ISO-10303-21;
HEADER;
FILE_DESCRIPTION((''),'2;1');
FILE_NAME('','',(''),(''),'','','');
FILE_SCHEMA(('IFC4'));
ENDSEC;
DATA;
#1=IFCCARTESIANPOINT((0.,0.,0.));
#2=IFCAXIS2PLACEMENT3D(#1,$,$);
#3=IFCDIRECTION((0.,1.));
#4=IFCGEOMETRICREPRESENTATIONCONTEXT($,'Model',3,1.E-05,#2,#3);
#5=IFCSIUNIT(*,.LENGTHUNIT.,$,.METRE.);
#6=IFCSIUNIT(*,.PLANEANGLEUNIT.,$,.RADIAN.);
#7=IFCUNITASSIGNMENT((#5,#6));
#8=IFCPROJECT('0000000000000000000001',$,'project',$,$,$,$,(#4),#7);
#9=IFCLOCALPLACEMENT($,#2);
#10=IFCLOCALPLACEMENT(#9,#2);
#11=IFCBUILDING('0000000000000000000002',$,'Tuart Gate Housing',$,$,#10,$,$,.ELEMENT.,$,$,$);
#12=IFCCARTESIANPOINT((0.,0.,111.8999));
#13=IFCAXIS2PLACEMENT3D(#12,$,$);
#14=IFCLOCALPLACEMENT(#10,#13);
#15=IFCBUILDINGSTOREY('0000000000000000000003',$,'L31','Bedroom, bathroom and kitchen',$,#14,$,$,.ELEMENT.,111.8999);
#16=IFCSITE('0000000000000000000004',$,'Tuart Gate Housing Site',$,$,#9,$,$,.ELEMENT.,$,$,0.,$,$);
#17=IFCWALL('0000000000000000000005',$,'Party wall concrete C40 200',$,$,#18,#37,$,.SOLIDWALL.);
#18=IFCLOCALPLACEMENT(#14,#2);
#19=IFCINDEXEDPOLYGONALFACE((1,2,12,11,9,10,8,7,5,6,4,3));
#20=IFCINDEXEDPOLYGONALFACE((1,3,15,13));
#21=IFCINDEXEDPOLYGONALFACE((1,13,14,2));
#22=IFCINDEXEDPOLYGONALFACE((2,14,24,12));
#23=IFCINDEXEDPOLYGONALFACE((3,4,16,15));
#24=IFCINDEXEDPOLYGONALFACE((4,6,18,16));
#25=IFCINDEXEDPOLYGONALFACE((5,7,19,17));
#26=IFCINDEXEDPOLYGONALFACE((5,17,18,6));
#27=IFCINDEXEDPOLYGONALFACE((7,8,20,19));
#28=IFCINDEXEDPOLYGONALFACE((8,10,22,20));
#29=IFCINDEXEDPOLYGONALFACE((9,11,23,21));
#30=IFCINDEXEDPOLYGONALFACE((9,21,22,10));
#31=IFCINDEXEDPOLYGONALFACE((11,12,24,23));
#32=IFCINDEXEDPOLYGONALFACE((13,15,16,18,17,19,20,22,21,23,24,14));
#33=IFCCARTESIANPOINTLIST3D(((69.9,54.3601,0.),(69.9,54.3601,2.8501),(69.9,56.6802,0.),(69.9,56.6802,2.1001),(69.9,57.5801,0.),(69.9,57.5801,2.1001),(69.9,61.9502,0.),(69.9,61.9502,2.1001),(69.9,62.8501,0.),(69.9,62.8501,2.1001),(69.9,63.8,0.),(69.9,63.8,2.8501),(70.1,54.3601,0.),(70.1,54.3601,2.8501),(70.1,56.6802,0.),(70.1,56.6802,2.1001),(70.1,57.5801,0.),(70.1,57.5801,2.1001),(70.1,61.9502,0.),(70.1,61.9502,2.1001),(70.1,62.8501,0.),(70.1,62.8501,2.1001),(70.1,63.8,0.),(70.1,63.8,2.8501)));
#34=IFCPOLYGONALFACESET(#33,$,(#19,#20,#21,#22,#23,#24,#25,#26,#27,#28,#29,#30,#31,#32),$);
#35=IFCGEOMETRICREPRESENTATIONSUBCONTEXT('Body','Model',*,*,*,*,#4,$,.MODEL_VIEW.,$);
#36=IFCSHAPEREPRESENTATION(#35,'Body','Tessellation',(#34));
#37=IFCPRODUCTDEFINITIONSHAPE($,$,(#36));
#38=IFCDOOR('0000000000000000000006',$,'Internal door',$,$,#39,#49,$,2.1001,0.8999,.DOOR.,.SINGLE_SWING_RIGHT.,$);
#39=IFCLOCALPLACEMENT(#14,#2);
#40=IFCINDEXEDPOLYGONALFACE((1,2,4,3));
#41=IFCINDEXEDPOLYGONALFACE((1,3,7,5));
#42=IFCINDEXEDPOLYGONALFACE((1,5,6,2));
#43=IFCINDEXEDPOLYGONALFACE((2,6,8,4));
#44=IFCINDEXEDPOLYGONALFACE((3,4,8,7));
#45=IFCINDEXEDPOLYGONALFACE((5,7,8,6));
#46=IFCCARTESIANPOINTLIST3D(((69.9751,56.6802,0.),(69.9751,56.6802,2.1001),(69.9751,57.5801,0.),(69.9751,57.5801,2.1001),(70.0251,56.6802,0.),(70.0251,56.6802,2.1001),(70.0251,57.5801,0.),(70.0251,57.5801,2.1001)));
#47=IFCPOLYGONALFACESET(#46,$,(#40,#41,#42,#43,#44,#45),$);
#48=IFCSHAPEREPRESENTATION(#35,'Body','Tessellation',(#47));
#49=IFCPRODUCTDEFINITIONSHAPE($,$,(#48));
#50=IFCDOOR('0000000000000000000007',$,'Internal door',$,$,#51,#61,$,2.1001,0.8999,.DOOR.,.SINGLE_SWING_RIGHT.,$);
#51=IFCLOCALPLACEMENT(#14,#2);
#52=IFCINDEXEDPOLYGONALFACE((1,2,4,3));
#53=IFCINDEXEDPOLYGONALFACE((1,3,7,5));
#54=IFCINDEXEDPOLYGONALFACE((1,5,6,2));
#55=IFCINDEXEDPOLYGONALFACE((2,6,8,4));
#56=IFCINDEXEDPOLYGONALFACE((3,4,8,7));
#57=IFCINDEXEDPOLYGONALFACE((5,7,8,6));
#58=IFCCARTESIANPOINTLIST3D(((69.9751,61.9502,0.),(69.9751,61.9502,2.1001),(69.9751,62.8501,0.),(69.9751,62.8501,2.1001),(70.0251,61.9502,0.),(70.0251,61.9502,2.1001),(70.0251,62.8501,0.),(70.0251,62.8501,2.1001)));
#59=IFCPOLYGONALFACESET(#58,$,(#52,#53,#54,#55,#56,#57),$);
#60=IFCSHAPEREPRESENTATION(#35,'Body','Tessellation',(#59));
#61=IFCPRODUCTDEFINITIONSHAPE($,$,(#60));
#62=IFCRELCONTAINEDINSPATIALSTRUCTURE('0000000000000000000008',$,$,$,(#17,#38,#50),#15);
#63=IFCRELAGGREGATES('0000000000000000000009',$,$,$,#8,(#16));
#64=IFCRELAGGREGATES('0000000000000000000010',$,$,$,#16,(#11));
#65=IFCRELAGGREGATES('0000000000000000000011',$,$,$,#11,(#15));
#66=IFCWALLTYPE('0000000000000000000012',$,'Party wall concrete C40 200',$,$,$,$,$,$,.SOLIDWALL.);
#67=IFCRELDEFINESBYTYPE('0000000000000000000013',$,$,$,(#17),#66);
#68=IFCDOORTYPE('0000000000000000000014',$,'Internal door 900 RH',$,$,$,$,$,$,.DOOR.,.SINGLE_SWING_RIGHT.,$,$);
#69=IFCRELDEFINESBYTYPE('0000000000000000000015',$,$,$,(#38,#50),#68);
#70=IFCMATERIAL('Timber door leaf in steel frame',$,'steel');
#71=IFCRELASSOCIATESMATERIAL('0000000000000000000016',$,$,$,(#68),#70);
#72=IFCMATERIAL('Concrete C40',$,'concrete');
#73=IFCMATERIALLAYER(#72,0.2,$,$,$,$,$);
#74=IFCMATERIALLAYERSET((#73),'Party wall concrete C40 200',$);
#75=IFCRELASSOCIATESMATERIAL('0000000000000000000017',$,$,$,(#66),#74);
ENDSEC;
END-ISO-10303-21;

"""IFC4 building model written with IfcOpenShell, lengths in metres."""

from ifc_helpers import new_model, si_unit, direction, frame, frame_2d, origin, place, context, subcontext, project, spatial, rectangle, extrude, material, layer, layer_set, type_object, element, fill, save


model = new_model("IFC4")

# Units and contexts
model_context = context("Model", 3, precision=1e-05, world=origin(), true_north=direction((0.0, 1.0)))
body_context = subcontext(model_context, "Body", "Model", "MODEL_VIEW")
ifc_project = project(units=[si_unit("LENGTHUNIT", "METRE"), si_unit("PLANEANGLEUNIT", "RADIAN")], contexts=[model_context])

# Site, building, storey
site_placement = place(None, origin())
site = spatial("IfcSite", under=ifc_project, at=site_placement, Name="Tuart Gate Housing Site", CompositionType="ELEMENT", RefElevation=0.0)
building_placement = place(site_placement, origin())
building = spatial("IfcBuilding", under=site, at=building_placement, Name="Tuart Gate Housing", CompositionType="ELEMENT")
storey_placement = place(building_placement, frame((0.0, 0.0, 111.8999)))
storey = spatial("IfcBuildingStorey", under=building, at=storey_placement, Name="L31", Description="Bedroom, bathroom and kitchen", CompositionType="ELEMENT", Elevation=111.8999)

# Shared definitions
ifc_material_1 = material(Name="Timber door leaf in steel frame", Category="steel")
door_type_1 = type_object("IfcDoorType", Name="Internal door 900 RH", OperationType="SINGLE_SWING_RIGHT", PredefinedType="DOOR", material=ifc_material_1)

# Shared definitions
ifc_material_2 = material(Name="Concrete C40", Category="concrete")
ifc_layer_1 = layer(ifc_material_2, 0.2)
ifc_layer_set_1 = layer_set([ifc_layer_1], Name="Party wall concrete C40 200")
wall_type_1 = type_object("IfcWallType", Name="Party wall concrete C40 200", PredefinedType="SOLIDWALL", material=ifc_layer_set_1)

# Wall, openings, doors
wall_1_placement = place(storey_placement, frame((70.0, 54.3601, 0.0), z_axis=(0.0, 0.0, 1.0), x_axis=(0.0, 1.0, 0.0)))
wall_1 = element("IfcWall", 1, at=wall_1_placement, inside=storey, type_object=wall_type_1, Name="Party wall concrete C40 200", PredefinedType="SOLIDWALL", context=body_context, shape_type="SweptSolid", body=[
    extrude(rectangle(XDim=9.4399, YDim=0.2, at=frame_2d((4.72, 0.0))), origin(), (0.0, 0.0, 1.0), 2.8501),
])
opening_1_placement = place(wall_1_placement, frame((2.3201, 0.0, 0.0)))
opening_1 = element("IfcOpeningElement", 2, at=opening_1_placement, cuts=wall_1, PredefinedType="OPENING", context=body_context, shape_type="SweptSolid", body=[
    extrude(rectangle(XDim=0.8999, YDim=2.1001, at=frame_2d((0.45, 1.05))), frame((0.0, 0.1099, 0.0), z_axis=(0.0, -1.0, 0.0), x_axis=(1.0, 0.0, 0.0)), (0.0, 0.0, 1.0), 0.22),
])
opening_2_placement = place(wall_1_placement, frame((7.5901, 0.0, 0.0)))
opening_2 = element("IfcOpeningElement", 3, at=opening_2_placement, cuts=wall_1, PredefinedType="OPENING", context=body_context, shape_type="SweptSolid", body=[
    extrude(rectangle(XDim=0.8999, YDim=2.1001, at=frame_2d((0.45, 1.05))), frame((0.0, 0.1099, 0.0), z_axis=(0.0, -1.0, 0.0), x_axis=(1.0, 0.0, 0.0)), (0.0, 0.0, 1.0), 0.22),
])
door_1_placement = place(opening_1_placement, frame((0.8999, 0.0, 0.0), z_axis=(0.0, 0.0, 1.0), x_axis=(-1.0, 0.0, 0.0)))
door_1 = element("IfcDoor", 4, at=door_1_placement, inside=storey, type_object=door_type_1, Name="Internal door", OperationType="SINGLE_SWING_RIGHT", OverallHeight=2.1001, OverallWidth=0.8999, PredefinedType="DOOR", context=body_context, shape_type="SweptSolid", body=[
    extrude(rectangle(XDim=0.8999, YDim=2.1001, at=frame_2d((0.45, 1.05))), frame((0.0, 0.0251, 0.0), z_axis=(0.0, -1.0, 0.0), x_axis=(1.0, 0.0, 0.0)), (0.0, 0.0, 1.0), 0.05),
])
fill(opening_1, door_1)
door_2_placement = place(opening_2_placement, frame((0.8999, 0.0, 0.0), z_axis=(0.0, 0.0, 1.0), x_axis=(-1.0, 0.0, 0.0)))
door_2 = element("IfcDoor", 5, at=door_2_placement, inside=storey, type_object=door_type_1, Name="Internal door", OperationType="SINGLE_SWING_RIGHT", OverallHeight=2.1001, OverallWidth=0.8999, PredefinedType="DOOR", context=body_context, shape_type="SweptSolid", body=[
    extrude(rectangle(XDim=0.8999, YDim=2.1001, at=frame_2d((0.45, 1.05))), frame((0.0, 0.0251, 0.0), z_axis=(0.0, -1.0, 0.0), x_axis=(1.0, 0.0, 0.0)), (0.0, 0.0, 1.0), 0.05),
])
fill(opening_2, door_2)

save(model, "model.ifc")
